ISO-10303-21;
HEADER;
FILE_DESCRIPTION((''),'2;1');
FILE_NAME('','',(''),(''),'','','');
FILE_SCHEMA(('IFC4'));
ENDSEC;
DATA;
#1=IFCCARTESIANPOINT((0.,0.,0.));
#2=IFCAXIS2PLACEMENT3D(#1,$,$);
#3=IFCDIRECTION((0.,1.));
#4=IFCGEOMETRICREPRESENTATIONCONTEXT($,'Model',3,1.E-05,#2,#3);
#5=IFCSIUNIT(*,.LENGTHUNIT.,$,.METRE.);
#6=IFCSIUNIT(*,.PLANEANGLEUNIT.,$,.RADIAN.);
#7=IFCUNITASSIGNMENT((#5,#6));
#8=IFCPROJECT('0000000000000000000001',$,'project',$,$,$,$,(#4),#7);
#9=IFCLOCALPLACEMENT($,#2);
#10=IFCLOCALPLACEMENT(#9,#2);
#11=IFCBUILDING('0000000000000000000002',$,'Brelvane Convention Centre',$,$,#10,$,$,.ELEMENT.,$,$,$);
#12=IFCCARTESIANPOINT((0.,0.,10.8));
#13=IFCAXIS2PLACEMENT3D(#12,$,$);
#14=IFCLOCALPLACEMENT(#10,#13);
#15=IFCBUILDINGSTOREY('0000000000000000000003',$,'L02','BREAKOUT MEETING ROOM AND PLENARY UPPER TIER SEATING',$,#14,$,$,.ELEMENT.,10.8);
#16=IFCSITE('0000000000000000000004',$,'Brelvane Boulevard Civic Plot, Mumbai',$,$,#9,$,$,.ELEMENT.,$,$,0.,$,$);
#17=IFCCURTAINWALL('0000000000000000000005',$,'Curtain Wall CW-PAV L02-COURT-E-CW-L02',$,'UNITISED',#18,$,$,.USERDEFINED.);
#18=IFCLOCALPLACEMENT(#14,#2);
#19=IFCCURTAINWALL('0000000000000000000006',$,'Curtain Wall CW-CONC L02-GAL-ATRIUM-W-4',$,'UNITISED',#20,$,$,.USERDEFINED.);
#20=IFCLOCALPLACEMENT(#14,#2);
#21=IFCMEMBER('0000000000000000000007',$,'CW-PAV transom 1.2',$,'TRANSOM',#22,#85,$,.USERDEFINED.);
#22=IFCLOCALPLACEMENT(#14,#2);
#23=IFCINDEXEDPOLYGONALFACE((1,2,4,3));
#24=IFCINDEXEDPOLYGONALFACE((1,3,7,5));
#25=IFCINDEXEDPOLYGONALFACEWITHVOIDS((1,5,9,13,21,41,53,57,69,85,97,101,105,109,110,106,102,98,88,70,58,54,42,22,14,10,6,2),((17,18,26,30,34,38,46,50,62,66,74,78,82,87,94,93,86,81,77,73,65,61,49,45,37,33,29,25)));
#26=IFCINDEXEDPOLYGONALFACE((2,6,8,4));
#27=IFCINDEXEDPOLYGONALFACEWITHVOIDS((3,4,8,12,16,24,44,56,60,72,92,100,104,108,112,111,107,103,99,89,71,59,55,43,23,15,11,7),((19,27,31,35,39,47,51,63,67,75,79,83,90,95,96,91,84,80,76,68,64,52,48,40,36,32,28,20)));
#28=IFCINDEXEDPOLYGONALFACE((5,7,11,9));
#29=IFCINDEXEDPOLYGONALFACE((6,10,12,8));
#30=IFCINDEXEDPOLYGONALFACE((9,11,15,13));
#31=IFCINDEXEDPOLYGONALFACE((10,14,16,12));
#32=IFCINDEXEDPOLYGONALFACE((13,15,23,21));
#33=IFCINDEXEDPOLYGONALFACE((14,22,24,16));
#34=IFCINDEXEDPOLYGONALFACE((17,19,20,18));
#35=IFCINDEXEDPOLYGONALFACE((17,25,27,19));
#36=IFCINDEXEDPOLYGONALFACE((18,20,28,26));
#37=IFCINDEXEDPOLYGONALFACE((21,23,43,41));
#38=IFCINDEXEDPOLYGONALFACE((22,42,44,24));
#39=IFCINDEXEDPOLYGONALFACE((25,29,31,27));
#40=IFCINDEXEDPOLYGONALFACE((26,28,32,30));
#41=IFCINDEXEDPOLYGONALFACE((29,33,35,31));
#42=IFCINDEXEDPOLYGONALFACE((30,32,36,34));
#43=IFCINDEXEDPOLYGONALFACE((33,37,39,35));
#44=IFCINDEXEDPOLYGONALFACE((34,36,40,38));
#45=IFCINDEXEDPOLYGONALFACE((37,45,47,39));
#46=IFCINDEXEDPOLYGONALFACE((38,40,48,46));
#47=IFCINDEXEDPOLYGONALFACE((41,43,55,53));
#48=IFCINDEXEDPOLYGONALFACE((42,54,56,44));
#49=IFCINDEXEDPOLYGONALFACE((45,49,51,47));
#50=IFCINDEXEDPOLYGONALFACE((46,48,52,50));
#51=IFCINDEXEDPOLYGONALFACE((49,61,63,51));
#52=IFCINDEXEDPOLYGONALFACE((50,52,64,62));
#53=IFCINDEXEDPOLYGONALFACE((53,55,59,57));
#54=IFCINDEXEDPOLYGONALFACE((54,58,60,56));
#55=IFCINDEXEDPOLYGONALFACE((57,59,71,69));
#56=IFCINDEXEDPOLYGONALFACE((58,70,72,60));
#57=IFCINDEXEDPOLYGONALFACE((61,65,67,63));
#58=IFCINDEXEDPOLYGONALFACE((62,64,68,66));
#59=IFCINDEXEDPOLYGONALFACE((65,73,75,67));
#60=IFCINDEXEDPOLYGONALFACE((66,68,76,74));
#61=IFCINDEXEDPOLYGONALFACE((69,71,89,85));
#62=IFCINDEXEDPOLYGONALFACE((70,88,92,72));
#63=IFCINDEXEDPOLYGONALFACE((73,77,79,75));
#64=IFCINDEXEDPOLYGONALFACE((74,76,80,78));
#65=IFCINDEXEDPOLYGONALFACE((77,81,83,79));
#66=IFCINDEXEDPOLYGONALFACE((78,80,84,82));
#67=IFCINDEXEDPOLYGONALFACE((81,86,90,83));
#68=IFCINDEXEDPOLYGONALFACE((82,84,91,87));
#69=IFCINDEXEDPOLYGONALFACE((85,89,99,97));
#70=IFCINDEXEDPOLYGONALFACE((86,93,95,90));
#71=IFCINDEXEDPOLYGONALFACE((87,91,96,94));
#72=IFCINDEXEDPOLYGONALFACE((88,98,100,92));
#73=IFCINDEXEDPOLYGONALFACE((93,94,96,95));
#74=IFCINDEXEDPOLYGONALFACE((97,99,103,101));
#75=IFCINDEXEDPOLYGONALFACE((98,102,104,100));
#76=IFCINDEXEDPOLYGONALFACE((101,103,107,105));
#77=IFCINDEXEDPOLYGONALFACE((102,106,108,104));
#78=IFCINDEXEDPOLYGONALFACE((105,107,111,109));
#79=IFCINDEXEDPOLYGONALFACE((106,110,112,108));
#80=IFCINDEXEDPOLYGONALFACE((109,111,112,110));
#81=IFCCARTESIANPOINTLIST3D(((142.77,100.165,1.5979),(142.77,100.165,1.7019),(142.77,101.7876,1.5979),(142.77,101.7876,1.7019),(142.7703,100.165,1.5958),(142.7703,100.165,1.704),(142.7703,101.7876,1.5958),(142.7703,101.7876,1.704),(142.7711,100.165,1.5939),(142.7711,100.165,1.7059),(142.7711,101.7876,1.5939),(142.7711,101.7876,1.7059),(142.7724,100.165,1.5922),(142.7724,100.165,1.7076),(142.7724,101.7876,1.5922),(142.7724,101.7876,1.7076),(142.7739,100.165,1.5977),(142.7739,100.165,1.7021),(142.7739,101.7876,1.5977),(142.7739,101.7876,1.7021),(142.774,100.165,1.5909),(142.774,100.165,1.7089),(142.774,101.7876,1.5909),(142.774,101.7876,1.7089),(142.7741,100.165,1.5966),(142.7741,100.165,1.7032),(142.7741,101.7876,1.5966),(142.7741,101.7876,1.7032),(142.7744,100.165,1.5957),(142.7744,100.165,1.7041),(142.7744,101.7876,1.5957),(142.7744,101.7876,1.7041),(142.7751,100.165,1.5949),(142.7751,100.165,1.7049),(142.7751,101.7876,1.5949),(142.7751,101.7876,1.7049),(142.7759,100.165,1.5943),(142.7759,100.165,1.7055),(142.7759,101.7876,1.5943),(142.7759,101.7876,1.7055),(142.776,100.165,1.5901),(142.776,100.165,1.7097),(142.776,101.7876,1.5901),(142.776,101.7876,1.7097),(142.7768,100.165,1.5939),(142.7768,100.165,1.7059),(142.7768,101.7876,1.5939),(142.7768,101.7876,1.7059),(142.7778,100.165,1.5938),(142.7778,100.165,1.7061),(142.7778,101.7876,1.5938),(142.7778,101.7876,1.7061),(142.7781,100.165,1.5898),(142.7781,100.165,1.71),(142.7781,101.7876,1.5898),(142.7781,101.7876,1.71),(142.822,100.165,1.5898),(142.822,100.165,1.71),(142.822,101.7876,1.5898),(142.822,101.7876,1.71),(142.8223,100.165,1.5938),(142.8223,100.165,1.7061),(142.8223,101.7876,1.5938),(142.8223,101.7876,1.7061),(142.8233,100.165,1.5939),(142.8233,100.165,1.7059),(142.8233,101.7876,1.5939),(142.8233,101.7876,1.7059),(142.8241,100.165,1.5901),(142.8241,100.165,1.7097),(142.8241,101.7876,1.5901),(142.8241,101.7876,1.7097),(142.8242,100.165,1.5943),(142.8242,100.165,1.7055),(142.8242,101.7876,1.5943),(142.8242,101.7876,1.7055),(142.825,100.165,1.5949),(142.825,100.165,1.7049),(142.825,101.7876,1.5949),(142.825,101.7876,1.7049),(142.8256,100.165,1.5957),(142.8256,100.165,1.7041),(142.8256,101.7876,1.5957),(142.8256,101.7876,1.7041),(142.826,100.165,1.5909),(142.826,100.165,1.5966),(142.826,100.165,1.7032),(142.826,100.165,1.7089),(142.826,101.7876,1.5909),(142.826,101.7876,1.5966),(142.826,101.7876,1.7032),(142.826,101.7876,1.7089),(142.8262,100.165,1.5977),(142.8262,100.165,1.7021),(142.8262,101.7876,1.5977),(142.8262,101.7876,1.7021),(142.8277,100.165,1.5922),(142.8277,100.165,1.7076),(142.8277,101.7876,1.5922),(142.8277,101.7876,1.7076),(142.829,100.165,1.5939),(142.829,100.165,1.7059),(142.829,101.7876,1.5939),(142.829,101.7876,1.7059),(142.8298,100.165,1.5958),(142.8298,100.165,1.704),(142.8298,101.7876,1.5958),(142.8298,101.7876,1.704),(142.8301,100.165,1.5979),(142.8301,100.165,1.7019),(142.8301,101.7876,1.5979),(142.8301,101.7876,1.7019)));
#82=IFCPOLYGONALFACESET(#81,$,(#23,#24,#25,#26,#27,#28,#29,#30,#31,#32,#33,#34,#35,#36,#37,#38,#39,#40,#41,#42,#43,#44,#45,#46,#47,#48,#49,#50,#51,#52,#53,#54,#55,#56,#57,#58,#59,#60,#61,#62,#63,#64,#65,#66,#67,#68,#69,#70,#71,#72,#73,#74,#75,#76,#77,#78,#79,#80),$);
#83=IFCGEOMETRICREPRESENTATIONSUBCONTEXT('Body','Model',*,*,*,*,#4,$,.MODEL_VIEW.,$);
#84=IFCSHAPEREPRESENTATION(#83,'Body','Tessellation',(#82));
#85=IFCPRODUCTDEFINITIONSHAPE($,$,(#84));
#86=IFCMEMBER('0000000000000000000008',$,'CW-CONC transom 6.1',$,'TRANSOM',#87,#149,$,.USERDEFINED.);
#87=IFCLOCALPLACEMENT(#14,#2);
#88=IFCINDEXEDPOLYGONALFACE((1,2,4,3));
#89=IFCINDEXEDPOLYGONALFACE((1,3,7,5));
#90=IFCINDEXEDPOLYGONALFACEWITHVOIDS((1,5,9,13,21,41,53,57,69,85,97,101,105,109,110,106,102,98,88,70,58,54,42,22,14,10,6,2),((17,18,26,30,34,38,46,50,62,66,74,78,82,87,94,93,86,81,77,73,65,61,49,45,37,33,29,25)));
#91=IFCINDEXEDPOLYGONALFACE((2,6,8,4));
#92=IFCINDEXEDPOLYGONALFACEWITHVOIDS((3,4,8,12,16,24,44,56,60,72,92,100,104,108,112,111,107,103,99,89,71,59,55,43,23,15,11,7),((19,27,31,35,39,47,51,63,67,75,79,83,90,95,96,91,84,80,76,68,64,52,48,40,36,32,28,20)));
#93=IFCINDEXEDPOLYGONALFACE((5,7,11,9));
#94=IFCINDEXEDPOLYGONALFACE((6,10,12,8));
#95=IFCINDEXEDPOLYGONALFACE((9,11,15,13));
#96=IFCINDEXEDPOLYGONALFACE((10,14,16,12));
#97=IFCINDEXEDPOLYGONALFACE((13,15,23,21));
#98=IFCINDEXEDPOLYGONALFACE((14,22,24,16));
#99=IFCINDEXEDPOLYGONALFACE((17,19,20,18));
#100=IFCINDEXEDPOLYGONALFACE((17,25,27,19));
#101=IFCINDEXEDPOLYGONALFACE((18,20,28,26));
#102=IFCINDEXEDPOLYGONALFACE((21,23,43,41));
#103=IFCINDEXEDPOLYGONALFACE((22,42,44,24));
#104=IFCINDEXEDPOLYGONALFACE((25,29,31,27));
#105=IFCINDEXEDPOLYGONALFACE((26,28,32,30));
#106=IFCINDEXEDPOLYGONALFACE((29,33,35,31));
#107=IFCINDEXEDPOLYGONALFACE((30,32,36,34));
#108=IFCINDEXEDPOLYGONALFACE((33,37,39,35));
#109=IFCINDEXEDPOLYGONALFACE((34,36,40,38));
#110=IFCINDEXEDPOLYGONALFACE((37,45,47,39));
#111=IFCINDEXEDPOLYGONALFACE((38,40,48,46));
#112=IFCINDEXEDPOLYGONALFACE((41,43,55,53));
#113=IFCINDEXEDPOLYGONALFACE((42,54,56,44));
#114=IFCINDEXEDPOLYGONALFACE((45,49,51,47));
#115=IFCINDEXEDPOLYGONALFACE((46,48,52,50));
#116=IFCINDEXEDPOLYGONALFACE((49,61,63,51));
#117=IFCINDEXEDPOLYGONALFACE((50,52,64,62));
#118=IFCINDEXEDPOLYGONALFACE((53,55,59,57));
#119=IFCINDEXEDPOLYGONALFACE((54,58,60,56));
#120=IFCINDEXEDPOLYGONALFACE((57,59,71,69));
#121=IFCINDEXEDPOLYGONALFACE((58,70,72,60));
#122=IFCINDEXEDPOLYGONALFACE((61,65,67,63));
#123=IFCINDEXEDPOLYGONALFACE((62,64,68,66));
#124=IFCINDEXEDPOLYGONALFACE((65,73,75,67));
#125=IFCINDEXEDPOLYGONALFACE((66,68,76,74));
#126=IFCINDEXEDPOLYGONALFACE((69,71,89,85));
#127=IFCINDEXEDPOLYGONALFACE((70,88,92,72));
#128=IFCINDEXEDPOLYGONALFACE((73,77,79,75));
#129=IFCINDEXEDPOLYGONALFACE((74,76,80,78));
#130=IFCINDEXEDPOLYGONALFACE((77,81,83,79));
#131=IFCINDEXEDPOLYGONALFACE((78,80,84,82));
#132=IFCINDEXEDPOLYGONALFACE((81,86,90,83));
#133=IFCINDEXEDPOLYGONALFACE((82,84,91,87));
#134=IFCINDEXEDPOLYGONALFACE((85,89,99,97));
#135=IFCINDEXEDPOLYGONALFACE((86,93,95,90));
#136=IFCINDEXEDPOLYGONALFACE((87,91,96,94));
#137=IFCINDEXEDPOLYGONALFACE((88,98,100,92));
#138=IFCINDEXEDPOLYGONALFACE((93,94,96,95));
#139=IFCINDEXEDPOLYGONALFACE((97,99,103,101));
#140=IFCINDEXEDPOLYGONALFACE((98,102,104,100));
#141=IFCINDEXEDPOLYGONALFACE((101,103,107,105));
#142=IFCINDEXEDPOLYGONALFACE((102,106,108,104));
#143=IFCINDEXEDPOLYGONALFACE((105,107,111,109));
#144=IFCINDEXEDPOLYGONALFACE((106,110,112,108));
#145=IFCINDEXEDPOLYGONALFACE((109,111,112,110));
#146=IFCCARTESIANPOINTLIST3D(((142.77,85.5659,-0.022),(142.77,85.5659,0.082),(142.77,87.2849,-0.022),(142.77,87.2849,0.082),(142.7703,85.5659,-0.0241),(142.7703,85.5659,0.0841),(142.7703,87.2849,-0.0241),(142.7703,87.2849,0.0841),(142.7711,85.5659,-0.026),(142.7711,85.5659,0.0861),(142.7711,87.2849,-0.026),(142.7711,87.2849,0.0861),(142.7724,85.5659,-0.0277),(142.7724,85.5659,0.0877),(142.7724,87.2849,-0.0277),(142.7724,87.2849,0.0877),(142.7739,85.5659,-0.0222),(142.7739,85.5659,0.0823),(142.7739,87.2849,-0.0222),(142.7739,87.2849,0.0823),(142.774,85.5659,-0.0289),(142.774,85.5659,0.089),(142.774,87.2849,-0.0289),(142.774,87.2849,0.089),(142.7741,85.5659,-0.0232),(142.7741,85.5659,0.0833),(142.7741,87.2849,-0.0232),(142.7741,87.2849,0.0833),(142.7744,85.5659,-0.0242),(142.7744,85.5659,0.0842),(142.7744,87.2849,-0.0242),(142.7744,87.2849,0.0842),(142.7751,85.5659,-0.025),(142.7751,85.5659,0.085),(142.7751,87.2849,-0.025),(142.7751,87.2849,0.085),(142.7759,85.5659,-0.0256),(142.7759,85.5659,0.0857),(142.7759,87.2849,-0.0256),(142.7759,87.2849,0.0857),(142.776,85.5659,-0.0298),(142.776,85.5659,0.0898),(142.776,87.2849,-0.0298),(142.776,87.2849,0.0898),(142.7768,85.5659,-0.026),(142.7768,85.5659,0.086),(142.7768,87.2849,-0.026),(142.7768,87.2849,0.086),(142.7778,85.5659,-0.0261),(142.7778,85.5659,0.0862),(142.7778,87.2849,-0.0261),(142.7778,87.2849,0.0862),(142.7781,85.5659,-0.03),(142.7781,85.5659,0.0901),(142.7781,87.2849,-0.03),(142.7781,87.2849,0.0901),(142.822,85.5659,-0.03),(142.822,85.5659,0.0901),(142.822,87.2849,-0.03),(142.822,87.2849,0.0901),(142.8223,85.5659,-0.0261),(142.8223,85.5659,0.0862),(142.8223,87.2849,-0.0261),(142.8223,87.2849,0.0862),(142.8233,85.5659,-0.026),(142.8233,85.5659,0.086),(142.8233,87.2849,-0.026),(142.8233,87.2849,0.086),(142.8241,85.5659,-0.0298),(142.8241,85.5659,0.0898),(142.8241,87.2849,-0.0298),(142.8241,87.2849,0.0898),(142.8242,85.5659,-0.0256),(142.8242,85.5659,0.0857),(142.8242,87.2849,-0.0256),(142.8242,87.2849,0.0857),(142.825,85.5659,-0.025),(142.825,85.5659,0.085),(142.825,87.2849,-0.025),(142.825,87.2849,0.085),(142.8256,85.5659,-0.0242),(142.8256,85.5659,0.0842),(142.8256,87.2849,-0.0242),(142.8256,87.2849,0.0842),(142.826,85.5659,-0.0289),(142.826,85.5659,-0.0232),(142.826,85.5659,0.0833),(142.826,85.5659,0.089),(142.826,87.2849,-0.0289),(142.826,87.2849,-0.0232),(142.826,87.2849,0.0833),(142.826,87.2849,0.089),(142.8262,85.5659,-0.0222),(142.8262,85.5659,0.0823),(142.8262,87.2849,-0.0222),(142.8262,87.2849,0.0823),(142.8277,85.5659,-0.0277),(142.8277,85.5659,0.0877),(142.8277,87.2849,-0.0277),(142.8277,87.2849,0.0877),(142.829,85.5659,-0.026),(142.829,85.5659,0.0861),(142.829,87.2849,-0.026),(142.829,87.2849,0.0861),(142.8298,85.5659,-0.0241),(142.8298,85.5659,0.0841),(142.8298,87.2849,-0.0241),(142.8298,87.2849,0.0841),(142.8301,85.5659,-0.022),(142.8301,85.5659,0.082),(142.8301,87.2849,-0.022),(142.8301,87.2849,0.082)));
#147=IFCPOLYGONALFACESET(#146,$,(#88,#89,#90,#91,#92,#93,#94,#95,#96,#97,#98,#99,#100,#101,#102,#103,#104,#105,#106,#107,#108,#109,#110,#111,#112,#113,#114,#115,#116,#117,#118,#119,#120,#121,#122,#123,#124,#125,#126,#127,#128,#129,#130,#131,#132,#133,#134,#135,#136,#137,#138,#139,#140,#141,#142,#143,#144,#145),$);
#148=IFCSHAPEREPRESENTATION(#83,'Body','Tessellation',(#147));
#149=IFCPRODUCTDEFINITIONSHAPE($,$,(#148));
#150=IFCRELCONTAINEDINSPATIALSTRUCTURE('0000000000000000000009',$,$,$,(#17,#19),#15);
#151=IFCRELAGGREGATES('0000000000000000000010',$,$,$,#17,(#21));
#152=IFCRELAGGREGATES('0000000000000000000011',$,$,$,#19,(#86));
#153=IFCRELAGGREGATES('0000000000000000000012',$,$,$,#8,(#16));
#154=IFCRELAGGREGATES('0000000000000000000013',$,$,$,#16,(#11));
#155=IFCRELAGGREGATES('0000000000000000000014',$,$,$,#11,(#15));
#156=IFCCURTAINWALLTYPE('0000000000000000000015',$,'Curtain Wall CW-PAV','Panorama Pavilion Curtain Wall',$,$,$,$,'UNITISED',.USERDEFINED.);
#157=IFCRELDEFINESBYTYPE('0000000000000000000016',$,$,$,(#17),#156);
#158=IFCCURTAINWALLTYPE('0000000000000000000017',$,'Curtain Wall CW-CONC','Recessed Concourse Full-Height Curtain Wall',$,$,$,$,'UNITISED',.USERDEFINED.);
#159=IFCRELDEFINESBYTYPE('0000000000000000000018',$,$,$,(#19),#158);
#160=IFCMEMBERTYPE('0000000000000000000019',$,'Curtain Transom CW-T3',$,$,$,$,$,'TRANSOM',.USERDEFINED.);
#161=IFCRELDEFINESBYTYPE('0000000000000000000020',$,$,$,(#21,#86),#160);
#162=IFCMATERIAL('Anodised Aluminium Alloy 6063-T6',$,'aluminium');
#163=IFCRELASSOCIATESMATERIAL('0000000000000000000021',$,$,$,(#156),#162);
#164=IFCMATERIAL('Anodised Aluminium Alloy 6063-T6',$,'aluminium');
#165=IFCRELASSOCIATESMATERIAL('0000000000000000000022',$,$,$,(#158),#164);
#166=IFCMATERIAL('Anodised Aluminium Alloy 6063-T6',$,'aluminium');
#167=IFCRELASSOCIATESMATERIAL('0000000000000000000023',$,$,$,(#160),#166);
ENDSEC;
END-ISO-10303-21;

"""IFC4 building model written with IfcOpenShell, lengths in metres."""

from ifc_helpers import new_model, si_unit, direction, frame, origin, origin_2d, place, context, subcontext, project, spatial, hollow_rectangle, extrude, material, material_profile, profile_set, type_object, element, aggregate, save


model = new_model("IFC4")

# Units and contexts
model_context = context("Model", 3, precision=1e-05, world=origin(), true_north=direction((0.0, 1.0)))
body_context = subcontext(model_context, "Body", "Model", "MODEL_VIEW")
ifc_project = project(units=[si_unit("LENGTHUNIT", "METRE"), si_unit("PLANEANGLEUNIT", "RADIAN")], contexts=[model_context])

# Site, building, storey
site_placement = place(None, origin())
site = spatial("IfcSite", under=ifc_project, at=site_placement, Name="Brelvane Boulevard Civic Plot, Mumbai", CompositionType="ELEMENT", RefElevation=0.0)
building_placement = place(site_placement, origin())
building = spatial("IfcBuilding", under=site, at=building_placement, Name="Brelvane Convention Centre", CompositionType="ELEMENT")
storey_placement = place(building_placement, frame((0.0, 0.0, 10.8)))
storey = spatial("IfcBuildingStorey", under=building, at=storey_placement, Name="L02", Description="BREAKOUT MEETING ROOM AND PLENARY UPPER TIER SEATING", CompositionType="ELEMENT", Elevation=10.8)

# Curtain walls
ifc_material_1 = material(Name="Anodised Aluminium Alloy 6063-T6", Category="aluminium")
curtain_wall_type_1 = type_object("IfcCurtainWallType", Name="Curtain Wall CW-PAV", Description="Panorama Pavilion Curtain Wall", ElementType="UNITISED", PredefinedType="USERDEFINED", material=ifc_material_1)
curtain_wall_1_placement = place(storey_placement, origin())
curtain_wall_1 = element("IfcCurtainWall", 1, at=curtain_wall_1_placement, inside=storey, type_object=curtain_wall_type_1, Name="Curtain Wall CW-PAV L02-COURT-E-CW-L02", ObjectType="UNITISED", PredefinedType="USERDEFINED")
ifc_material_2 = material(Name="Anodised Aluminium Alloy 6063-T6", Category="aluminium")
curtain_wall_type_2 = type_object("IfcCurtainWallType", Name="Curtain Wall CW-CONC", Description="Recessed Concourse Full-Height Curtain Wall", ElementType="UNITISED", PredefinedType="USERDEFINED", material=ifc_material_2)
curtain_wall_2_placement = place(storey_placement, origin())
curtain_wall_2 = element("IfcCurtainWall", 2, at=curtain_wall_2_placement, inside=storey, type_object=curtain_wall_type_2, Name="Curtain Wall CW-CONC L02-GAL-ATRIUM-W-4", ObjectType="UNITISED", PredefinedType="USERDEFINED")

# Members
ifc_material_3 = material(Name="Anodised Aluminium Alloy 6063-T6", Category="aluminium")
ifc_material_profile_1 = material_profile(ifc_material_3, hollow_rectangle(XDim=0.0601, YDim=0.1201, WallThickness=0.0039, InnerFilletRadius=0.0039, OuterFilletRadius=0.0081, at=origin_2d()), Name="ALU-T 120x60x4.0")
ifc_profile_set_1 = profile_set([ifc_material_profile_1], Name="Anodised Aluminium Alloy 6063-T6")
member_type_1 = type_object("IfcMemberType", Name="Curtain Transom CW-T3", ElementType="TRANSOM", PredefinedType="USERDEFINED", material=ifc_profile_set_1)
member_1_placement = place(storey_placement, frame((142.8, 100.165, 1.6499), z_axis=(0.0, 1.0, 0.0), x_axis=(-1.0, 0.0, 0.0)))
member_1 = element("IfcMember", 3, at=member_1_placement, type_object=member_type_1, Name="CW-PAV transom 1.2", ObjectType="TRANSOM", PredefinedType="USERDEFINED", context=body_context, shape_type="SweptSolid", body=[
    extrude(hollow_rectangle(XDim=0.0601, YDim=0.1201, WallThickness=0.0039, InnerFilletRadius=0.0039, OuterFilletRadius=0.0081, at=origin_2d()), origin(), (0.0, 0.0, 1.0), 1.6226),
])
aggregate(curtain_wall_1, [member_1])
member_2_placement = place(storey_placement, frame((142.8, 85.5659, 0.03), z_axis=(0.0, 1.0, 0.0), x_axis=(-1.0, 0.0, 0.0)))
member_2 = element("IfcMember", 4, at=member_2_placement, type_object=member_type_1, Name="CW-CONC transom 6.1", ObjectType="TRANSOM", PredefinedType="USERDEFINED", context=body_context, shape_type="SweptSolid", body=[
    extrude(hollow_rectangle(XDim=0.0601, YDim=0.1201, WallThickness=0.0039, InnerFilletRadius=0.0039, OuterFilletRadius=0.0081, at=origin_2d()), origin(), (0.0, 0.0, 1.0), 1.719),
])

aggregate(curtain_wall_2, [member_2])

save(model, "model.ifc")
